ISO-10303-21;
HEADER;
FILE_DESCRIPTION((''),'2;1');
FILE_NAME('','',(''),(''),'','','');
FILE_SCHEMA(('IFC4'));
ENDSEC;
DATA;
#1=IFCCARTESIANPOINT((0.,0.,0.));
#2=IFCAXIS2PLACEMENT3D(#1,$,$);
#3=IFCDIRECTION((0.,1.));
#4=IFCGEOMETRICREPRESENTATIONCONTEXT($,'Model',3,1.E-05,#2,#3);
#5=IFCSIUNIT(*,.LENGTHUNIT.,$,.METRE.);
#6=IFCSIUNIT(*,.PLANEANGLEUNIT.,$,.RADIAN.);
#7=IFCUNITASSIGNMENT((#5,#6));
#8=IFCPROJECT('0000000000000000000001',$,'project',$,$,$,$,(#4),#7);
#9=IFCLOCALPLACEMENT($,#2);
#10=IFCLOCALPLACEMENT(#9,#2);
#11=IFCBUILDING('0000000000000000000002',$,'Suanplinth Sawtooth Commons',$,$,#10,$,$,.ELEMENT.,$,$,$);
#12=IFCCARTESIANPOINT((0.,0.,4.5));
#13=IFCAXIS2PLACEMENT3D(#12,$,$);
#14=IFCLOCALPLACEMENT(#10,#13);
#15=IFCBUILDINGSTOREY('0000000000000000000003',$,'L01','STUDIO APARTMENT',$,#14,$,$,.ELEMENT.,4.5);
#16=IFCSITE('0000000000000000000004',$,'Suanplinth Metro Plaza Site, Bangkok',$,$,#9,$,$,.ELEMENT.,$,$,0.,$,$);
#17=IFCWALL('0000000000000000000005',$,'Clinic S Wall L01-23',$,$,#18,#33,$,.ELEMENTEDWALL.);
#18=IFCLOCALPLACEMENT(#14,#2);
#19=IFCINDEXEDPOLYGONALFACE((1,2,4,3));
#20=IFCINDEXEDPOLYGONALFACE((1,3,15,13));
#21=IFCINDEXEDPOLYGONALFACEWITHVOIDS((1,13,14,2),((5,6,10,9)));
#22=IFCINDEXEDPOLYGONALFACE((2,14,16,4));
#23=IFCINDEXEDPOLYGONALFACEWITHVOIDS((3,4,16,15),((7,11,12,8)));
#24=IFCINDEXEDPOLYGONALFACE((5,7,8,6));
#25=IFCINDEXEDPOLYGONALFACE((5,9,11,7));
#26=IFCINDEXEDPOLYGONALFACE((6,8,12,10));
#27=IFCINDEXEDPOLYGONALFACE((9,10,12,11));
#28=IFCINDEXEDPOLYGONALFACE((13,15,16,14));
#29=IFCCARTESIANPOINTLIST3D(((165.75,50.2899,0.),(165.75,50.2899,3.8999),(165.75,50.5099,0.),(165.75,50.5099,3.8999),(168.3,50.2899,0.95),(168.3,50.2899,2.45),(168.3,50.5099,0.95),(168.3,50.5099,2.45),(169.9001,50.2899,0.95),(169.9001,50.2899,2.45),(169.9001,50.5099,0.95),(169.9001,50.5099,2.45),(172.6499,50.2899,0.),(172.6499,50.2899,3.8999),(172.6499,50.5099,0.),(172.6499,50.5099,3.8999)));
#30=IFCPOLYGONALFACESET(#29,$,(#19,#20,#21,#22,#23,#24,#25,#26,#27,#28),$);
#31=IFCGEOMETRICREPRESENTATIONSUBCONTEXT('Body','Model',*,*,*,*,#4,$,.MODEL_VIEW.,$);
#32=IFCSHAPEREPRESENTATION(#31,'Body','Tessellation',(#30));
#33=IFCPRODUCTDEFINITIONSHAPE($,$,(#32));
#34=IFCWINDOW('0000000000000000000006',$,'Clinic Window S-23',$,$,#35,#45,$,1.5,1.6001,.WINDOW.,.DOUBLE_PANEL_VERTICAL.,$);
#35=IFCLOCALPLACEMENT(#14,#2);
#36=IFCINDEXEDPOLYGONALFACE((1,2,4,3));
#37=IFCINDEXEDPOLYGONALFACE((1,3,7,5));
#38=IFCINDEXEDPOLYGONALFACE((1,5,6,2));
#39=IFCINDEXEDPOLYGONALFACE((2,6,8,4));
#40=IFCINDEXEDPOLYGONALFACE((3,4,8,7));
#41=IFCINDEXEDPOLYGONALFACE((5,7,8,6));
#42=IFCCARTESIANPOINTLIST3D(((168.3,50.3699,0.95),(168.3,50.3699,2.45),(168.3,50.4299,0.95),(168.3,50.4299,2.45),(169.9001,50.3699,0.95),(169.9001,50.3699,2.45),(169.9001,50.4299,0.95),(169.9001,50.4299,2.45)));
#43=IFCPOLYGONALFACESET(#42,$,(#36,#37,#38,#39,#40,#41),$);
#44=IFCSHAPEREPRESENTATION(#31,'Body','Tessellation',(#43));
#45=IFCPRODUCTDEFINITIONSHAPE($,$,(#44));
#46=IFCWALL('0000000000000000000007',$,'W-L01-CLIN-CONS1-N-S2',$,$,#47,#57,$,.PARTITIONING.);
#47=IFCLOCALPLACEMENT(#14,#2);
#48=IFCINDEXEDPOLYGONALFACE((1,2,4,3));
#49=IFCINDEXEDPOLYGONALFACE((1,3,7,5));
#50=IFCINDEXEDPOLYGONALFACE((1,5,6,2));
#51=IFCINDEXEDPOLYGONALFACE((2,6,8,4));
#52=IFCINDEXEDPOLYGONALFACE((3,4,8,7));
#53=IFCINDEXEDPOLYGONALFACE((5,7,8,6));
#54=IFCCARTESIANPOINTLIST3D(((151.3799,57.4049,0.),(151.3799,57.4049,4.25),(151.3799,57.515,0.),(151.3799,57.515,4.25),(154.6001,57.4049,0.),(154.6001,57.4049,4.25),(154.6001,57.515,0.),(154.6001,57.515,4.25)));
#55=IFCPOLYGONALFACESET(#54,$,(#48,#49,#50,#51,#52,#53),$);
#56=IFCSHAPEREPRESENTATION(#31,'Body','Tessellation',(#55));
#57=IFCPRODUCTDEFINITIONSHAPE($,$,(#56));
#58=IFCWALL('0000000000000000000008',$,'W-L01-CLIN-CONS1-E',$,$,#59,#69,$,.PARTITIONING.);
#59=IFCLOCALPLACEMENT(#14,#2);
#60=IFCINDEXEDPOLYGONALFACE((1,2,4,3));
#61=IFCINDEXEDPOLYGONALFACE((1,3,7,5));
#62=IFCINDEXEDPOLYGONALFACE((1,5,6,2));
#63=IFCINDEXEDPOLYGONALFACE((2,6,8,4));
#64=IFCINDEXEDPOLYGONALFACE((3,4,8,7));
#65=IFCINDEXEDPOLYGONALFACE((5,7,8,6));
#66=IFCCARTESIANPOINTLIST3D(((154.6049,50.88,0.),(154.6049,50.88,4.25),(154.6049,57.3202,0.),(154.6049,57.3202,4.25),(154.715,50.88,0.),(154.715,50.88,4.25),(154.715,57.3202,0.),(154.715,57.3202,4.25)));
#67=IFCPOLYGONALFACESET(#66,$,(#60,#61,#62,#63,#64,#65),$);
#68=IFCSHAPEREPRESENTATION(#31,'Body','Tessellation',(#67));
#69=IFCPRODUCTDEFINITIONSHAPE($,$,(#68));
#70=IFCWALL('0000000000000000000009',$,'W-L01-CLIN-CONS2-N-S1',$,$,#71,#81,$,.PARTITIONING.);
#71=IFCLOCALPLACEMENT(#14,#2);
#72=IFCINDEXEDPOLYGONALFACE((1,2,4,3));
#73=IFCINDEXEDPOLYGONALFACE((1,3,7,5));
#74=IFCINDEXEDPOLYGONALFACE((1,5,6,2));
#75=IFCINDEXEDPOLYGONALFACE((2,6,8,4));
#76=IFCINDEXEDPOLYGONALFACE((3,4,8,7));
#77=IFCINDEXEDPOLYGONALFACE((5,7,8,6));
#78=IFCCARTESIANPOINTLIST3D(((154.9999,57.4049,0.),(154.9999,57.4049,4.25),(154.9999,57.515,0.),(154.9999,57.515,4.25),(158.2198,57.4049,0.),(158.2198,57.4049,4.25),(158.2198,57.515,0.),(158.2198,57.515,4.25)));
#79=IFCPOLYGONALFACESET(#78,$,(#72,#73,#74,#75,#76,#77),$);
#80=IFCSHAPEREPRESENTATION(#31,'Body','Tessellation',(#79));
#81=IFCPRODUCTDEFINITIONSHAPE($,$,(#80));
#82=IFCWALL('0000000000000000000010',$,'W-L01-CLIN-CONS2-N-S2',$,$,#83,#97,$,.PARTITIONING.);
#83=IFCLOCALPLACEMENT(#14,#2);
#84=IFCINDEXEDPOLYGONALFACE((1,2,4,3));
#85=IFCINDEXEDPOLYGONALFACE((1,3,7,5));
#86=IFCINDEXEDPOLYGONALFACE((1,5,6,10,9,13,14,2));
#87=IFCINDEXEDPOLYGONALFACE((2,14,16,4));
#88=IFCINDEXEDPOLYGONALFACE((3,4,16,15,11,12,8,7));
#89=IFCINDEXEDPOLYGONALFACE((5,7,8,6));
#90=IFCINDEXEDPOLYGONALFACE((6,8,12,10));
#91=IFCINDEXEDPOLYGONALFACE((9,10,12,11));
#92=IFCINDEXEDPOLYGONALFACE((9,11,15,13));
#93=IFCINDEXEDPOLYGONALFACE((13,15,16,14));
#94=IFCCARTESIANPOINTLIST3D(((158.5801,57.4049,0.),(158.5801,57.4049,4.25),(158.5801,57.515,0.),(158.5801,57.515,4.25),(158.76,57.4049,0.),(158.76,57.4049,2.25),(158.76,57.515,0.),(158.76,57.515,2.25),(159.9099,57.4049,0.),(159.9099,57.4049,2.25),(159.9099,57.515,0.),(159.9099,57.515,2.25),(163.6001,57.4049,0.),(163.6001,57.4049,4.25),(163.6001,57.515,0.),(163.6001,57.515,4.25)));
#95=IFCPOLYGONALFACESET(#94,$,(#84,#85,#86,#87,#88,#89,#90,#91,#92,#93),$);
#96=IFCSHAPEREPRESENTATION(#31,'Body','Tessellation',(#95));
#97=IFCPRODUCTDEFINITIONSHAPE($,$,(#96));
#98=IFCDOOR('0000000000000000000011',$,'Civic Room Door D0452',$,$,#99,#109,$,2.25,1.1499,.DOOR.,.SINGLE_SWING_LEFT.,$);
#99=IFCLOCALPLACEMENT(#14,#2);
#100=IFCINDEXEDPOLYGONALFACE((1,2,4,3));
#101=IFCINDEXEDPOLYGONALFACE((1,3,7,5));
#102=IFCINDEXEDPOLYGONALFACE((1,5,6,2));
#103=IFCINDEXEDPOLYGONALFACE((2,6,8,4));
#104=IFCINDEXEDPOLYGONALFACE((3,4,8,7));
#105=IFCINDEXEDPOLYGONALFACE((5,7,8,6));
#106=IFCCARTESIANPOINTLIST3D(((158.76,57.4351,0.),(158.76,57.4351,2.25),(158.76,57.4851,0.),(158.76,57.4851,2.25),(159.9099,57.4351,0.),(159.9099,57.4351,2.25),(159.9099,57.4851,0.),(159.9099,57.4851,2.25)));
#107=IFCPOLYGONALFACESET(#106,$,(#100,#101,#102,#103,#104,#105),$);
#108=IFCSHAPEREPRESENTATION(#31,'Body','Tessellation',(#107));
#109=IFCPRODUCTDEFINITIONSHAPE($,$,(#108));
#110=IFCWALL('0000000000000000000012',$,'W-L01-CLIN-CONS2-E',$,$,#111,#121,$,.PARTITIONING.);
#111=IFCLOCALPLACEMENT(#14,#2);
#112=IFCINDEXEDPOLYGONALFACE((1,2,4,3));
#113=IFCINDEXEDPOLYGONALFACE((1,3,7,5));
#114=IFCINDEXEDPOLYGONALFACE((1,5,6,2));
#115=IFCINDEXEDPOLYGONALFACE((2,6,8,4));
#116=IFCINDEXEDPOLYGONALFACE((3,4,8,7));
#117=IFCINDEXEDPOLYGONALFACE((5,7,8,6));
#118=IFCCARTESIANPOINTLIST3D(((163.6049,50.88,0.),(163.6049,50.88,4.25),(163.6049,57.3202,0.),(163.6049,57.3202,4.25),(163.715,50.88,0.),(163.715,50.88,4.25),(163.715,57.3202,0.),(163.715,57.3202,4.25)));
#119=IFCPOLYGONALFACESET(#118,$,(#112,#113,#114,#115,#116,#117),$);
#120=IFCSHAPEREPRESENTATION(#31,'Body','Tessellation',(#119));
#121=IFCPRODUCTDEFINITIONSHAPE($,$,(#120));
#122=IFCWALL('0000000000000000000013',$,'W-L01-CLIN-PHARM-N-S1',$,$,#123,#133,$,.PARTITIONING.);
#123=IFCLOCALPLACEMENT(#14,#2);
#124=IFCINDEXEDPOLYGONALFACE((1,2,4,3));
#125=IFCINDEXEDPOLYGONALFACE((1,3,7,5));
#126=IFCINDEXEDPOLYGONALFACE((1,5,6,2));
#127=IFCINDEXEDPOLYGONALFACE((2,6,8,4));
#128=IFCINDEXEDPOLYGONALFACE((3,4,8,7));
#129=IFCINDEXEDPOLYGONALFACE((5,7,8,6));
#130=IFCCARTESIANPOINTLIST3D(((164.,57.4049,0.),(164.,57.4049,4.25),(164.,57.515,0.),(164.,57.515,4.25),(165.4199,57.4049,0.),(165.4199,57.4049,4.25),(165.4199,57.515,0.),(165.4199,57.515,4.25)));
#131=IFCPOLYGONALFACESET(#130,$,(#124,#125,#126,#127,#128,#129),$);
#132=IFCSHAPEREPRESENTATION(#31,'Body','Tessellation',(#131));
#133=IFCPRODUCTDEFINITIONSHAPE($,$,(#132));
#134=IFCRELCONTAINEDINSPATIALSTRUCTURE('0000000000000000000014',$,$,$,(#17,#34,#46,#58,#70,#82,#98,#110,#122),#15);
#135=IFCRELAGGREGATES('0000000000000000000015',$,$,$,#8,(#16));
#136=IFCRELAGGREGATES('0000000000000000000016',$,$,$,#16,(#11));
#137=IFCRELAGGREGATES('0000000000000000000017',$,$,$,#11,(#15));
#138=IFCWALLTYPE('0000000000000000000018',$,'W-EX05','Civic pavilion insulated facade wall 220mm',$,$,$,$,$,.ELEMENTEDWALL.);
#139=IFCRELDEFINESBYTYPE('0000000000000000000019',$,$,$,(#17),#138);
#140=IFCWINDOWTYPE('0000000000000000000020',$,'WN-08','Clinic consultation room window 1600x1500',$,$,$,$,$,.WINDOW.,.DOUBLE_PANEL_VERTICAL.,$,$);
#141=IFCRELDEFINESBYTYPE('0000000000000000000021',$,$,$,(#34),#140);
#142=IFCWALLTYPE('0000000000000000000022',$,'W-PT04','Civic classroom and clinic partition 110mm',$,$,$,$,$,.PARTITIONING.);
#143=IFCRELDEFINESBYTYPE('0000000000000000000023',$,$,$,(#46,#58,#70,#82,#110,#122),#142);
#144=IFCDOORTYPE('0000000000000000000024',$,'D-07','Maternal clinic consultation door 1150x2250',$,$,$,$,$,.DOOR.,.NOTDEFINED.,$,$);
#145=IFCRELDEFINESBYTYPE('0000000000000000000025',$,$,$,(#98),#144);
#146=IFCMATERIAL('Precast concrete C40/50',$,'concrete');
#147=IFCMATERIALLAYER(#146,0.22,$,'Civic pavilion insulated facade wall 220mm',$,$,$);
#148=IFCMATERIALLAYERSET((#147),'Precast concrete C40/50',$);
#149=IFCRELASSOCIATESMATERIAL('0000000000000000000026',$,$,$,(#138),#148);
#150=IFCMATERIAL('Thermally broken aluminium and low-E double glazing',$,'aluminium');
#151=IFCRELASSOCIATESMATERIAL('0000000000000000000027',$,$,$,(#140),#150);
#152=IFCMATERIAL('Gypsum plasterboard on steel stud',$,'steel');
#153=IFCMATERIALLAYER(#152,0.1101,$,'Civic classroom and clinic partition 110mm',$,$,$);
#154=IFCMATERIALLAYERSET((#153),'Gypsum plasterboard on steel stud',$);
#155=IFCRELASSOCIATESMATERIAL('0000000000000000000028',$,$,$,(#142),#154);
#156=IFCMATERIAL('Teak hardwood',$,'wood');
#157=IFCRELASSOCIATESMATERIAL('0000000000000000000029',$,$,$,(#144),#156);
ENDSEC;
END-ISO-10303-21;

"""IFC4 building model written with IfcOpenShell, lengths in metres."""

from ifc_helpers import new_model, si_unit, direction, frame, frame_2d, origin, place, context, subcontext, project, spatial, rectangle, extrude, material, layer, layer_set, type_object, element, fill, save


model = new_model("IFC4")

# Units and contexts
model_context = context("Model", 3, precision=1e-05, world=origin(), true_north=direction((0.0, 1.0)))
body_context = subcontext(model_context, "Body", "Model", "MODEL_VIEW")
ifc_project = project(units=[si_unit("LENGTHUNIT", "METRE"), si_unit("PLANEANGLEUNIT", "RADIAN")], contexts=[model_context])

# Site, building, storey
site_placement = place(None, origin())
site = spatial("IfcSite", under=ifc_project, at=site_placement, Name="Suanplinth Metro Plaza Site, Bangkok", CompositionType="ELEMENT", RefElevation=0.0)
building_placement = place(site_placement, origin())
building = spatial("IfcBuilding", under=site, at=building_placement, Name="Suanplinth Sawtooth Commons", CompositionType="ELEMENT")
storey_placement = place(building_placement, frame((0.0, 0.0, 4.5)))
storey = spatial("IfcBuildingStorey", under=building, at=storey_placement, Name="L01", Description="STUDIO APARTMENT", CompositionType="ELEMENT", Elevation=4.5)

# Shared definitions
ifc_material_1 = material(Name="Precast concrete C40/50", Category="concrete")

# Wall, opening, window
ifc_layer_1 = layer(ifc_material_1, 0.22, Name="Civic pavilion insulated facade wall 220mm")
ifc_layer_set_1 = layer_set([ifc_layer_1], Name="Precast concrete C40/50")
wall_type_1 = type_object("IfcWallType", Name="W-EX05", Description="Civic pavilion insulated facade wall 220mm", PredefinedType="ELEMENTEDWALL", material=ifc_layer_set_1)
wall_1_placement = place(storey_placement, frame((165.75, 50.3999, 0.0), z_axis=(0.0, 0.0, 1.0), x_axis=(1.0, 0.0, 0.0)))
wall_1 = element("IfcWall", 1, at=wall_1_placement, inside=storey, type_object=wall_type_1, Name="Clinic S Wall L01-23", PredefinedType="ELEMENTEDWALL", context=body_context, shape_type="SweptSolid", body=[
    extrude(rectangle(XDim=6.8999, YDim=0.22, at=frame_2d((3.45, 0.0))), origin(), (0.0, 0.0, 1.0), 3.8999),
])
opening_1_placement = place(wall_1_placement, frame((2.55, 0.0, 0.95)))
opening_1 = element("IfcOpeningElement", 2, at=opening_1_placement, cuts=wall_1, PredefinedType="OPENING", context=body_context, shape_type="SweptSolid", body=[
    extrude(rectangle(XDim=1.6001, YDim=1.5, at=frame_2d((0.8, 0.75))), frame((0.0, 0.125, 0.0), z_axis=(0.0, -1.0, 0.0), x_axis=(1.0, 0.0, 0.0)), (0.0, 0.0, 1.0), 0.2498),
])
ifc_material_2 = material(Name="Thermally broken aluminium and low-E double glazing", Category="aluminium")
window_type = type_object("IfcWindowType", Name="WN-08", Description="Clinic consultation room window 1600x1500", PartitioningType="DOUBLE_PANEL_VERTICAL", PredefinedType="WINDOW", material=ifc_material_2)
window_placement = place(opening_1_placement, origin())
window = element("IfcWindow", 3, at=window_placement, inside=storey, type_object=window_type, Name="Clinic Window S-23", OverallHeight=1.5, OverallWidth=1.6001, PartitioningType="DOUBLE_PANEL_VERTICAL", PredefinedType="WINDOW", context=body_context, shape_type="SweptSolid", body=[
    extrude(rectangle(XDim=1.6001, YDim=1.5, at=frame_2d((0.8, 0.75))), frame((0.0, 0.03, 0.0), z_axis=(0.0, -1.0, 0.0), x_axis=(1.0, 0.0, 0.0)), (0.0, 0.0, 1.0), 0.0601),
])
fill(opening_1, window)

# Walls
ifc_material_3 = material(Name="Gypsum plasterboard on steel stud", Category="steel")
ifc_layer_2 = layer(ifc_material_3, 0.1101, Name="Civic classroom and clinic partition 110mm")
ifc_layer_set_2 = layer_set([ifc_layer_2], Name="Gypsum plasterboard on steel stud")
wall_type_2 = type_object("IfcWallType", Name="W-PT04", Description="Civic classroom and clinic partition 110mm", PredefinedType="PARTITIONING", material=ifc_layer_set_2)
wall_2_placement = place(storey_placement, frame((151.3799, 57.46, 0.0), z_axis=(0.0, 0.0, 1.0), x_axis=(1.0, 0.0, 0.0)))
element("IfcWall", 4, at=wall_2_placement, inside=storey, type_object=wall_type_2, Name="W-L01-CLIN-CONS1-N-S2", PredefinedType="PARTITIONING", context=body_context, shape_type="SweptSolid", body=[
    extrude(rectangle(XDim=3.2202, YDim=0.1101, at=frame_2d((1.6101, 0.0))), origin(), (0.0, 0.0, 1.0), 4.25),
])
wall_3_placement = place(storey_placement, frame((154.6599, 50.8799, 0.0), z_axis=(0.0, 0.0, 1.0), x_axis=(0.0, 1.0, 0.0)))
element("IfcWall", 5, at=wall_3_placement, inside=storey, type_object=wall_type_2, Name="W-L01-CLIN-CONS1-E", PredefinedType="PARTITIONING", context=body_context, shape_type="SweptSolid", body=[
    extrude(rectangle(XDim=6.4402, YDim=0.1101, at=frame_2d((3.2202, 0.0))), origin(), (0.0, 0.0, 1.0), 4.25),
])
wall_4_placement = place(storey_placement, frame((155.0, 57.46, 0.0), z_axis=(0.0, 0.0, 1.0), x_axis=(1.0, 0.0, 0.0)))
element("IfcWall", 6, at=wall_4_placement, inside=storey, type_object=wall_type_2, Name="W-L01-CLIN-CONS2-N-S1", PredefinedType="PARTITIONING", context=body_context, shape_type="SweptSolid", body=[
    extrude(rectangle(XDim=3.22, YDim=0.1101, at=frame_2d((1.6099, 0.0))), origin(), (0.0, 0.0, 1.0), 4.25),
])

# Wall, opening, door
wall_5_placement = place(storey_placement, frame((158.5801, 57.46, 0.0), z_axis=(0.0, 0.0, 1.0), x_axis=(1.0, 0.0, 0.0)))
wall_5 = element("IfcWall", 7, at=wall_5_placement, inside=storey, type_object=wall_type_2, Name="W-L01-CLIN-CONS2-N-S2", PredefinedType="PARTITIONING", context=body_context, shape_type="SweptSolid", body=[
    extrude(rectangle(XDim=5.02, YDim=0.1101, at=frame_2d((2.51, 0.0))), origin(), (0.0, 0.0, 1.0), 4.25),
])
opening_2_placement = place(wall_5_placement, frame((0.1799, 0.0, 0.0)))
opening_2 = element("IfcOpeningElement", 8, at=opening_2_placement, cuts=wall_5, PredefinedType="OPENING", context=body_context, shape_type="SweptSolid", body=[
    extrude(rectangle(XDim=1.1499, YDim=2.25, at=frame_2d((0.575, 1.125))), frame((0.0, 0.0698, 0.0), z_axis=(0.0, -1.0, 0.0), x_axis=(1.0, 0.0, 0.0)), (0.0, 0.0, 1.0), 0.1399),
])
ifc_material_4 = material(Name="Teak hardwood", Category="wood")
door_type = type_object("IfcDoorType", Name="D-07", Description="Maternal clinic consultation door 1150x2250", OperationType="NOTDEFINED", PredefinedType="DOOR", material=ifc_material_4)
door_placement = place(opening_2_placement, frame((1.1499, 0.0, 0.0), z_axis=(0.0, 0.0, 1.0), x_axis=(-1.0, 0.0, 0.0)))
door = element("IfcDoor", 9, at=door_placement, inside=storey, type_object=door_type, Name="Civic Room Door D0452", OperationType="SINGLE_SWING_LEFT", OverallHeight=2.25, OverallWidth=1.1499, PredefinedType="DOOR", context=body_context, shape_type="SweptSolid", body=[
    extrude(rectangle(XDim=1.1499, YDim=2.25, at=frame_2d((0.575, 1.125))), frame((0.0, 0.0249, 0.0), z_axis=(0.0, -1.0, 0.0), x_axis=(1.0, 0.0, 0.0)), (0.0, 0.0, 1.0), 0.05),
])
fill(opening_2, door)

# Walls
wall_6_placement = place(storey_placement, frame((163.6599, 50.8799, 0.0), z_axis=(0.0, 0.0, 1.0), x_axis=(0.0, 1.0, 0.0)))
element("IfcWall", 10, at=wall_6_placement, inside=storey, type_object=wall_type_2, Name="W-L01-CLIN-CONS2-E", PredefinedType="PARTITIONING", context=body_context, shape_type="SweptSolid", body=[
    extrude(rectangle(XDim=6.4402, YDim=0.1101, at=frame_2d((3.2202, 0.0))), origin(), (0.0, 0.0, 1.0), 4.25),
])
wall_7_placement = place(storey_placement, frame((164.0, 57.46, 0.0), z_axis=(0.0, 0.0, 1.0), x_axis=(1.0, 0.0, 0.0)))
element("IfcWall", 11, at=wall_7_placement, inside=storey, type_object=wall_type_2, Name="W-L01-CLIN-PHARM-N-S1", PredefinedType="PARTITIONING", context=body_context, shape_type="SweptSolid", body=[
    extrude(rectangle(XDim=1.4199, YDim=0.1101, at=frame_2d((0.71, 0.0))), origin(), (0.0, 0.0, 1.0), 4.25),
])

save(model, "model.ifc")
